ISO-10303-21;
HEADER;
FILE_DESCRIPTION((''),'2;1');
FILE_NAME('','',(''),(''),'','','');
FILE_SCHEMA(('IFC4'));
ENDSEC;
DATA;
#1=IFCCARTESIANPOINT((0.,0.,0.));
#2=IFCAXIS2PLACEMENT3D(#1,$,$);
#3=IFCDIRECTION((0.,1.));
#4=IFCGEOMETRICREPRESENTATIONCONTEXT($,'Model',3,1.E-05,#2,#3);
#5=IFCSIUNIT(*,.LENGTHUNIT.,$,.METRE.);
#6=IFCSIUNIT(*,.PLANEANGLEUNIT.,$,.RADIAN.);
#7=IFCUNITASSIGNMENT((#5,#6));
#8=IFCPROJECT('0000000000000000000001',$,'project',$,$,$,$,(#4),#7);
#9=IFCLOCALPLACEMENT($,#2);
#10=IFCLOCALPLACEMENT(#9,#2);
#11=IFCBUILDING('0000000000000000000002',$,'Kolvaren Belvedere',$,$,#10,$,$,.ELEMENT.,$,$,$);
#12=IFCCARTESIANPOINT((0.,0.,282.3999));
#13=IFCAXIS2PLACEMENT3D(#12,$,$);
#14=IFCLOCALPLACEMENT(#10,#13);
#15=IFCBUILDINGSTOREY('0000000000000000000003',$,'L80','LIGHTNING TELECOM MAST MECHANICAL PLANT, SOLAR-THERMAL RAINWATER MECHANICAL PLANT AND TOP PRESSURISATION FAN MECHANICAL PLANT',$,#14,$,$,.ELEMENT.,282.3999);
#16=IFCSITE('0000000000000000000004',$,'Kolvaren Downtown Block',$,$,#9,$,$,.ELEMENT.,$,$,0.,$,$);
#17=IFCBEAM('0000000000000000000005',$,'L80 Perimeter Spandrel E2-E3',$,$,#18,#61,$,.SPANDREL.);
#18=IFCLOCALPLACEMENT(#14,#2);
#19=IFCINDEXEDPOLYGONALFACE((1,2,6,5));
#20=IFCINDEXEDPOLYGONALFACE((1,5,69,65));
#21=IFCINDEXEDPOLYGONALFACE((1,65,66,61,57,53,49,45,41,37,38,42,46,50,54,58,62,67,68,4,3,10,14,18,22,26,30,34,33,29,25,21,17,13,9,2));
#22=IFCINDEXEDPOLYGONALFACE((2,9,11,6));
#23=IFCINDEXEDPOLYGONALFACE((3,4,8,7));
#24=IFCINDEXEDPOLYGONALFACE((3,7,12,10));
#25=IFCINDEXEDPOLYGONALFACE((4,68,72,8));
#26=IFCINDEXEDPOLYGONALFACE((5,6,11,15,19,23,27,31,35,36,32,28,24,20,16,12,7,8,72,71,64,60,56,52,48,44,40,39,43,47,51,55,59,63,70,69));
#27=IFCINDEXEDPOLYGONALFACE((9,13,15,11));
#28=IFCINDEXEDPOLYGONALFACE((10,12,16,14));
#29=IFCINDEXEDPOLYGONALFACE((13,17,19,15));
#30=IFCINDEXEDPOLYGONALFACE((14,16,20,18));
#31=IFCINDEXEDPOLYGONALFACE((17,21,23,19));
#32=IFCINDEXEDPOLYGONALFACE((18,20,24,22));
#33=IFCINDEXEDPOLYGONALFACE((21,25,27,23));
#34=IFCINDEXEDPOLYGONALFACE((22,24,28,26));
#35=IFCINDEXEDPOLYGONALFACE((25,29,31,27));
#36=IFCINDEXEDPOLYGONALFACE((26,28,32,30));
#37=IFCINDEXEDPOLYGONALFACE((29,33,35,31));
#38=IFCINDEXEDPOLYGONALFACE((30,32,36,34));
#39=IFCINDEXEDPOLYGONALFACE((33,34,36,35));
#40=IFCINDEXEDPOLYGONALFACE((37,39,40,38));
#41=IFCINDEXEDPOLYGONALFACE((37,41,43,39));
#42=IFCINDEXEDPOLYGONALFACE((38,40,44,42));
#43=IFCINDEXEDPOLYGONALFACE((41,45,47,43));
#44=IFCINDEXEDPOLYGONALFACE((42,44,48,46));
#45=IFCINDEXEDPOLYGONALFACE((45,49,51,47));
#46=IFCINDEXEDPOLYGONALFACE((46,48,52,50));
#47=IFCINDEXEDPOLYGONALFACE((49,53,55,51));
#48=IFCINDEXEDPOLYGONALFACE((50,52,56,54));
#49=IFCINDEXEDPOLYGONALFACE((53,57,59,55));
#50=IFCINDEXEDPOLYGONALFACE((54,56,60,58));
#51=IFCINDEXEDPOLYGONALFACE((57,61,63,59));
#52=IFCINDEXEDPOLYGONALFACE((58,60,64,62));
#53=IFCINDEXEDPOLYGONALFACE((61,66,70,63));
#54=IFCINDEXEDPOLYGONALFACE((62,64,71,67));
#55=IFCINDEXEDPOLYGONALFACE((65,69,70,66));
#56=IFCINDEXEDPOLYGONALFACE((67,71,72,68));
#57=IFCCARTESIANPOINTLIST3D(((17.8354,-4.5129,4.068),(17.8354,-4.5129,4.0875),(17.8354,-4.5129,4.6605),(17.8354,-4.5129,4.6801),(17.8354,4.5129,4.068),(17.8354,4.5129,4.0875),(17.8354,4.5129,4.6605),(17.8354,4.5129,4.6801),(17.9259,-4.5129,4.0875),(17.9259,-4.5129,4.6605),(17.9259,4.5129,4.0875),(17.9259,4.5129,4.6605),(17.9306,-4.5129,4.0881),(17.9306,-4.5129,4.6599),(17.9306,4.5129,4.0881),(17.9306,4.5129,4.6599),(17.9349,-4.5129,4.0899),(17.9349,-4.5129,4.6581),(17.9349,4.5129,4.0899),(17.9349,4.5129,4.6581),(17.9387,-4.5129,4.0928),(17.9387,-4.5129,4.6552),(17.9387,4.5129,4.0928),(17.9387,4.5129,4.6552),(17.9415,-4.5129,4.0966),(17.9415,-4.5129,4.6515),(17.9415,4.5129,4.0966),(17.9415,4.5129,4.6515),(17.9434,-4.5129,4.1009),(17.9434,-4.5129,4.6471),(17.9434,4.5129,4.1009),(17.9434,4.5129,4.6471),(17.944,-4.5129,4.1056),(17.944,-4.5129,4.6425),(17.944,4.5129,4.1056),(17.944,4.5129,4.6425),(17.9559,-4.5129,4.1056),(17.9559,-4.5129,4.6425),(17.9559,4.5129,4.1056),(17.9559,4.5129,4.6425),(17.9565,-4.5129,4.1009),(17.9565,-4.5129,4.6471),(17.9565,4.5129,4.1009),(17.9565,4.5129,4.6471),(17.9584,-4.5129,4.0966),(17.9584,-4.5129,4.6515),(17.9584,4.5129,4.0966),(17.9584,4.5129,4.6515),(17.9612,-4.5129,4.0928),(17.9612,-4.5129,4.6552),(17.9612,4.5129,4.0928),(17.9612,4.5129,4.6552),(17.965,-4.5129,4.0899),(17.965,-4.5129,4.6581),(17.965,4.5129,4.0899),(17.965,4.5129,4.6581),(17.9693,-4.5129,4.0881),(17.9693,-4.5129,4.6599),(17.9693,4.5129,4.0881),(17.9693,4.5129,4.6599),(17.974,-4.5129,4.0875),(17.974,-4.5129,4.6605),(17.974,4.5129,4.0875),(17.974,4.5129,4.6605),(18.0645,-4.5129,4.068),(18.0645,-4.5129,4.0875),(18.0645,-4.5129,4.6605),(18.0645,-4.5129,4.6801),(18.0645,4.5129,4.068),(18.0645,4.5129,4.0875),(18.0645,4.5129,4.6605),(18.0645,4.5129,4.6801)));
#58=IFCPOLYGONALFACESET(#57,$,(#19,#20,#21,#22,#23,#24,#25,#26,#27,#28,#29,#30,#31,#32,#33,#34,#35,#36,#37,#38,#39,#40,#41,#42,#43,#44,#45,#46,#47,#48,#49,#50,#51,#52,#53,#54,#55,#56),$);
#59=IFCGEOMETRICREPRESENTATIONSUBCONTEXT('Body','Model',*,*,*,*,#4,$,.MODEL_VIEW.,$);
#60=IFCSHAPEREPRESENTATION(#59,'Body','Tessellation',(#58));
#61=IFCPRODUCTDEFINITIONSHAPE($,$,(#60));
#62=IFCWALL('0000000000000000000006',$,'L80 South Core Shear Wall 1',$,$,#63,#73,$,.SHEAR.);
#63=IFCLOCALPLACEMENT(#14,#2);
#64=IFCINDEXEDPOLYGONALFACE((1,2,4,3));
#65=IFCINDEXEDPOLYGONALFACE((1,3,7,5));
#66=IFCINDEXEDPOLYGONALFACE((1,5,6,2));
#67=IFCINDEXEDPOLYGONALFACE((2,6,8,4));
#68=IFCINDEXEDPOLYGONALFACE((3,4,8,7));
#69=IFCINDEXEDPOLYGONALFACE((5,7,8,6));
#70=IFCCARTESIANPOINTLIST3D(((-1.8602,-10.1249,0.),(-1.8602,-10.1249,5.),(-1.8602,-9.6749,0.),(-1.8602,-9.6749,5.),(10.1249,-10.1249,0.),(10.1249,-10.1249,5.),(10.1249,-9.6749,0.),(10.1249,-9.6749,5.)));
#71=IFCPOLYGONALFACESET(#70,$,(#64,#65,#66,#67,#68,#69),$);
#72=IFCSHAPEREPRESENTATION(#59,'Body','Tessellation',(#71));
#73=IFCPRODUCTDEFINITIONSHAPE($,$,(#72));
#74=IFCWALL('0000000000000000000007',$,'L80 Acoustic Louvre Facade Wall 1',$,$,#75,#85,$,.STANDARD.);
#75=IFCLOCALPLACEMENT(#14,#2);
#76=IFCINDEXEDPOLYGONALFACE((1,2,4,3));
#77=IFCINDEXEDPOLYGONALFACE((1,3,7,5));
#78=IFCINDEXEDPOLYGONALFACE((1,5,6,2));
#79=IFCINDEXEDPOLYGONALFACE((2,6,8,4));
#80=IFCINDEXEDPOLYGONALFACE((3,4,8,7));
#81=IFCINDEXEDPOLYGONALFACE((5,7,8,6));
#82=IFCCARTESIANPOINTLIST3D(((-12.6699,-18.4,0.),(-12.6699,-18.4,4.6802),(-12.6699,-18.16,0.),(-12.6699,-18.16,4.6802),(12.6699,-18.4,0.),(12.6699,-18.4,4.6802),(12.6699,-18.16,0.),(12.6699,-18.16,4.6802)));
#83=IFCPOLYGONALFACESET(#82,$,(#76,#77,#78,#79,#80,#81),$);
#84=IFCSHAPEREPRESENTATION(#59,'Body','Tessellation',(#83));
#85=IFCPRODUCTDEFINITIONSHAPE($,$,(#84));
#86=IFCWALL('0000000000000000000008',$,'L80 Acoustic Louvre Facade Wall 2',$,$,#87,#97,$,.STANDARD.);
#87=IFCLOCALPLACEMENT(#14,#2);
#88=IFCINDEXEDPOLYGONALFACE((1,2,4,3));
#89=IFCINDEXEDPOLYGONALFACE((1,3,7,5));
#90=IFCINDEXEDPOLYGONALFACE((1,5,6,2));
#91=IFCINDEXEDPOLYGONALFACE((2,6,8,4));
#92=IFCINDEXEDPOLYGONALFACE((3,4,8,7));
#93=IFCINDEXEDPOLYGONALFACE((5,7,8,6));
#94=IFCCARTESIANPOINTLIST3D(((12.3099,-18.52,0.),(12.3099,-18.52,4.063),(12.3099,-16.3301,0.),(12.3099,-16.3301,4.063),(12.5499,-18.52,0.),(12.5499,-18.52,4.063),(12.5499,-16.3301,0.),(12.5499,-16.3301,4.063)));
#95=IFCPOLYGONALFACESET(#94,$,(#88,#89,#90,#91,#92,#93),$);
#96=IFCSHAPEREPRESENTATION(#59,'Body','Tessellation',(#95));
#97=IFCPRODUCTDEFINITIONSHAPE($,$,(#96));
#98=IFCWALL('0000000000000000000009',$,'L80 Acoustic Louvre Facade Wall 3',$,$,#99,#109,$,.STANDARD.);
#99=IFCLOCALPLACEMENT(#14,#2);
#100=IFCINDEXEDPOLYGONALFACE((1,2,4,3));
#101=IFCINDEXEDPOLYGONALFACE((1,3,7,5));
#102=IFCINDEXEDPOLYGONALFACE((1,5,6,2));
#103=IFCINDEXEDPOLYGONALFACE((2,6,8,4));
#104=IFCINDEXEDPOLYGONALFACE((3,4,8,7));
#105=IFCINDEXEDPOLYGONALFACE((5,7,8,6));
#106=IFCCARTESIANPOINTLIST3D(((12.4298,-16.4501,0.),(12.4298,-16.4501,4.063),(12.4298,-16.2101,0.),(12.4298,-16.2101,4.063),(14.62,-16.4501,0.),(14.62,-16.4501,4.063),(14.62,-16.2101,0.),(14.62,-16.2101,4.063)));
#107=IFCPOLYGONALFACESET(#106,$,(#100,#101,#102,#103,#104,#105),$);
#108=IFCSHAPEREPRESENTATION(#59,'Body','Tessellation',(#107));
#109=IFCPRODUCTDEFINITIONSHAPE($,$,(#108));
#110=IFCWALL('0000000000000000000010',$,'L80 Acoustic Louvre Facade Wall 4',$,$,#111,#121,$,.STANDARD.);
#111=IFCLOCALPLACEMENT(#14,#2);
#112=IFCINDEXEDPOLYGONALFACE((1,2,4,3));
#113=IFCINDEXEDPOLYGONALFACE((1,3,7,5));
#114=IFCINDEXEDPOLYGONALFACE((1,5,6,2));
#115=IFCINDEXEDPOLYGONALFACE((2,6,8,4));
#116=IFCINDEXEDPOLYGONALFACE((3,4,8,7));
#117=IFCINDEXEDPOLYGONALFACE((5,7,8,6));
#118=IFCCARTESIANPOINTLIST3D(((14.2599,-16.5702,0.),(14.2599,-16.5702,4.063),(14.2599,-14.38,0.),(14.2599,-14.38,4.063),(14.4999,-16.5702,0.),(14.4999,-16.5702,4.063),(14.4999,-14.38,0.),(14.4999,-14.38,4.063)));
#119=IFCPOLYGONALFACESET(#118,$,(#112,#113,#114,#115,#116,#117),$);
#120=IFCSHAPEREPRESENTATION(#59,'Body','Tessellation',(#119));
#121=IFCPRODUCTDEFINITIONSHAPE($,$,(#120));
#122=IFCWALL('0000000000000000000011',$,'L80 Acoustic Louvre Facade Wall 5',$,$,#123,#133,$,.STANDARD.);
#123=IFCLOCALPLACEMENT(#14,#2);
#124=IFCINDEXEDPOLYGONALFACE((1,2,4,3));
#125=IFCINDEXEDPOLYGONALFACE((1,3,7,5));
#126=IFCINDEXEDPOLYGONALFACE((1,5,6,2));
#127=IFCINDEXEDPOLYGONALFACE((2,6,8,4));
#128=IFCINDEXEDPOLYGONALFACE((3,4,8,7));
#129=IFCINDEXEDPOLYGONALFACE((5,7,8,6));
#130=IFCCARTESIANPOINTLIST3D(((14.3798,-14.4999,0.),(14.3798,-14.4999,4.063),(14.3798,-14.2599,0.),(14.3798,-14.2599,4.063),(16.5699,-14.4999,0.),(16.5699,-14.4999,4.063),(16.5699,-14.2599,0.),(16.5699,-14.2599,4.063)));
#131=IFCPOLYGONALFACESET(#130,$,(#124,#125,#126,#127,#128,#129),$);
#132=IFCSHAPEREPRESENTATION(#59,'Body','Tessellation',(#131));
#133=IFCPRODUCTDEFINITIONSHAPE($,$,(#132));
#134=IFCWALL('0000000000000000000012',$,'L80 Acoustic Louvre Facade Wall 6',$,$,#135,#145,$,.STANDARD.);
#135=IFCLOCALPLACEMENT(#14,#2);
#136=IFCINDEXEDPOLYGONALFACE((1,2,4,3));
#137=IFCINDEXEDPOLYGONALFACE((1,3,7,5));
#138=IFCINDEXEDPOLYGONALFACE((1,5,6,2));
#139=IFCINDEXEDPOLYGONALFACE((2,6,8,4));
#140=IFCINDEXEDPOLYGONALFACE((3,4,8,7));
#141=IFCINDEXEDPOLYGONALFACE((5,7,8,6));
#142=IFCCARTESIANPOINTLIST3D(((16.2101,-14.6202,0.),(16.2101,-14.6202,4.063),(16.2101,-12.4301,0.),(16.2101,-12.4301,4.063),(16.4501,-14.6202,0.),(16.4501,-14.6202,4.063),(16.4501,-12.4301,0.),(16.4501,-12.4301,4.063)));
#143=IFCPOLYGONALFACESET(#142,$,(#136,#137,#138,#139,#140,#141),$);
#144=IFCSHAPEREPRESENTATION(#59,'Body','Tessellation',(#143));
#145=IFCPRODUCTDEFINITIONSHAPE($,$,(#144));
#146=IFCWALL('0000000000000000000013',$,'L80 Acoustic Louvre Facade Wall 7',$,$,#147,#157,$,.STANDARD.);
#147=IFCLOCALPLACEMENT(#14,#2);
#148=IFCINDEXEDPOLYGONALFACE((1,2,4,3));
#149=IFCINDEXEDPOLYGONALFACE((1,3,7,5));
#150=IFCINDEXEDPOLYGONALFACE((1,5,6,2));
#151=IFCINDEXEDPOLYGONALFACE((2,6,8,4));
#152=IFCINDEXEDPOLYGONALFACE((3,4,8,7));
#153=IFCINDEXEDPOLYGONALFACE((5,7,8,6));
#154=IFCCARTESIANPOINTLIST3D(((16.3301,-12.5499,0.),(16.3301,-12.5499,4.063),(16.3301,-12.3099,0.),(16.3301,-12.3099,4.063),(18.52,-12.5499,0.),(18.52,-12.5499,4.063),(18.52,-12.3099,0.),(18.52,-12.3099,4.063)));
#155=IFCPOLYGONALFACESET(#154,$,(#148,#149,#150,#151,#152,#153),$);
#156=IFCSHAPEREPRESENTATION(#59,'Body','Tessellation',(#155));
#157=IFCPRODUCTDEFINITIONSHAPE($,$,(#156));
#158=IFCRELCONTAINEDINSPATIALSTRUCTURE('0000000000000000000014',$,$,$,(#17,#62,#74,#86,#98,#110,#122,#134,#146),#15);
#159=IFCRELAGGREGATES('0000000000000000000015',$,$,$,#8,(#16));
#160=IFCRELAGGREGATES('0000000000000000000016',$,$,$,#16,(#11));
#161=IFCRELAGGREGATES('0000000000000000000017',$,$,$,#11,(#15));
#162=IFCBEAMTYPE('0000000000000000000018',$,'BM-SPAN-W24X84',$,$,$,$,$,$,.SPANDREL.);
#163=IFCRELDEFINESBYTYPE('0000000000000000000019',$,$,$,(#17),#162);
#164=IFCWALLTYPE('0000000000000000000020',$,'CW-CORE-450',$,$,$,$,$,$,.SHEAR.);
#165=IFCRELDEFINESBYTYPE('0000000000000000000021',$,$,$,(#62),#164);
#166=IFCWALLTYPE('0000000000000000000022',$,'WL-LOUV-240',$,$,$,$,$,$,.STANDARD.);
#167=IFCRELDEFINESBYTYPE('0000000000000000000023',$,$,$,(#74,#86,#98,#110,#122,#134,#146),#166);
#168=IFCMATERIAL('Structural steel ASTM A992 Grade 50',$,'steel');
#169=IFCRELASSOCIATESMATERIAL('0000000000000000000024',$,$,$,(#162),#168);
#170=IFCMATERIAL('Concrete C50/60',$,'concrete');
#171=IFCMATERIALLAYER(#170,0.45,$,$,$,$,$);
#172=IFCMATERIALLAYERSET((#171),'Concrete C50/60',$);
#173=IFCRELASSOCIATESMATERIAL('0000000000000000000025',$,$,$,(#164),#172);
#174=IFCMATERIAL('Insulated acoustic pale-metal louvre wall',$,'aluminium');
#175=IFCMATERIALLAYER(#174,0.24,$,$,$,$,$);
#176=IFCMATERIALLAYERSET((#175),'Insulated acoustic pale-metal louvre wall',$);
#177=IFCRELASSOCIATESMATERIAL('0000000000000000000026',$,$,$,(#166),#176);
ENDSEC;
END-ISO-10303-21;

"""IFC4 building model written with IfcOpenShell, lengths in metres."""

from ifc_helpers import new_model, si_unit, direction, frame, frame_2d, origin, origin_2d, place, context, subcontext, project, spatial, rectangle, i_section, extrude, material, layer, layer_set, material_profile, profile_set, type_object, element, save


model = new_model("IFC4")

# Units and contexts
model_context = context("Model", 3, precision=1e-05, world=origin(), true_north=direction((0.0, 1.0)))
body_context = subcontext(model_context, "Body", "Model", "MODEL_VIEW")
ifc_project = project(units=[si_unit("LENGTHUNIT", "METRE"), si_unit("PLANEANGLEUNIT", "RADIAN")], contexts=[model_context])

# Site, building, storey
site_placement = place(None, origin())
site = spatial("IfcSite", under=ifc_project, at=site_placement, Name="Kolvaren Downtown Block", CompositionType="ELEMENT", RefElevation=0.0)
building_placement = place(site_placement, origin())
building = spatial("IfcBuilding", under=site, at=building_placement, Name="Kolvaren Belvedere", CompositionType="ELEMENT")
storey_placement = place(building_placement, frame((0.0, 0.0, 282.3999)))
storey = spatial("IfcBuildingStorey", under=building, at=storey_placement, Name="L80", Description="LIGHTNING TELECOM MAST MECHANICAL PLANT, SOLAR-THERMAL RAINWATER MECHANICAL PLANT AND TOP PRESSURISATION FAN MECHANICAL PLANT", CompositionType="ELEMENT", Elevation=282.3999)

# Beam
ifc_material_1 = material(Name="Structural steel ASTM A992 Grade 50", Category="steel")
ifc_material_profile_1 = material_profile(ifc_material_1, i_section(OverallWidth=0.229, OverallDepth=0.6121, WebThickness=0.012, FlangeThickness=0.0195, FilletRadius=0.0181, at=origin_2d()), Name="W24X84")
ifc_profile_set_1 = profile_set([ifc_material_profile_1], Name="Structural steel ASTM A992 Grade 50")
beam_type_1 = type_object("IfcBeamType", Name="BM-SPAN-W24X84", PredefinedType="SPANDREL", material=ifc_profile_set_1)
beam_1_placement = place(storey_placement, frame((17.95, -4.5129, 4.374), z_axis=(0.0, 1.0, 0.0), x_axis=(-1.0, 0.0, 0.0)))
element("IfcBeam", 1, at=beam_1_placement, inside=storey, type_object=beam_type_1, Name="L80 Perimeter Spandrel E2-E3", PredefinedType="SPANDREL", context=body_context, shape_type="SweptSolid", body=[
    extrude(i_section(OverallWidth=0.229, OverallDepth=0.6121, WebThickness=0.012, FlangeThickness=0.0195, FilletRadius=0.0181, at=origin_2d()), origin(), (0.0, 0.0, 1.0), 9.0259),
])

# Walls
ifc_material_2 = material(Name="Concrete C50/60", Category="concrete")
ifc_layer_1 = layer(ifc_material_2, 0.45)
ifc_layer_set_1 = layer_set([ifc_layer_1], Name="Concrete C50/60")
wall_type_1 = type_object("IfcWallType", Name="CW-CORE-450", PredefinedType="SHEAR", material=ifc_layer_set_1)
wall_1_placement = place(storey_placement, frame((10.125, -9.8999, 0.0), z_axis=(0.0, 0.0, 1.0), x_axis=(-1.0, 0.0, 0.0)))
element("IfcWall", 2, at=wall_1_placement, inside=storey, type_object=wall_type_1, Name="L80 South Core Shear Wall 1", PredefinedType="SHEAR", context=body_context, shape_type="SweptSolid", body=[
    extrude(rectangle(XDim=11.9851, YDim=0.45, at=frame_2d((5.9927, 0.0))), origin(), (0.0, 0.0, 1.0), 5.0),
])
ifc_material_3 = material(Name="Insulated acoustic pale-metal louvre wall", Category="aluminium")
ifc_layer_2 = layer(ifc_material_3, 0.24)
ifc_layer_set_2 = layer_set([ifc_layer_2], Name="Insulated acoustic pale-metal louvre wall")
wall_type_2 = type_object("IfcWallType", Name="WL-LOUV-240", PredefinedType="STANDARD", material=ifc_layer_set_2)
wall_2_placement = place(storey_placement, frame((12.6699, -18.28, 0.0), z_axis=(0.0, 0.0, 1.0), x_axis=(-1.0, 0.0, 0.0)))
element("IfcWall", 3, at=wall_2_placement, inside=storey, type_object=wall_type_2, Name="L80 Acoustic Louvre Facade Wall 1", PredefinedType="STANDARD", context=body_context, shape_type="SweptSolid", body=[
    extrude(rectangle(XDim=25.3398, YDim=0.24, at=frame_2d((12.6699, 0.0))), origin(), (0.0, 0.0, 1.0), 4.6802),
])
wall_3_placement = place(storey_placement, frame((12.4299, -16.3301, 0.0), z_axis=(0.0, 0.0, 1.0), x_axis=(0.0, -1.0, 0.0)))
element("IfcWall", 4, at=wall_3_placement, inside=storey, type_object=wall_type_2, Name="L80 Acoustic Louvre Facade Wall 2", PredefinedType="STANDARD", context=body_context, shape_type="SweptSolid", body=[
    extrude(rectangle(XDim=2.1899, YDim=0.24, at=frame_2d((1.095, 0.0))), origin(), (0.0, 0.0, 1.0), 4.063),
])
for number, where, z_axis, x_axis, name in (
    (5, (14.6201, -16.3301, 0.0), (0.0, 0.0, 1.0), (-1.0, 0.0, 0.0), "L80 Acoustic Louvre Facade Wall 3"),
    (6, (14.3799, -14.3799, 0.0), (0.0, 0.0, 1.0), (0.0, -1.0, 0.0), "L80 Acoustic Louvre Facade Wall 4"),
    (7, (16.5701, -14.3799, 0.0), (0.0, 0.0, 1.0), (-1.0, 0.0, 0.0), "L80 Acoustic Louvre Facade Wall 5"),
    (8, (16.3301, -12.4299, 0.0), (0.0, 0.0, 1.0), (0.0, -1.0, 0.0), "L80 Acoustic Louvre Facade Wall 6"),
):
    element("IfcWall", number, at=place(storey_placement, frame(where, z_axis=z_axis, x_axis=x_axis)), inside=storey, type_object=wall_type_2, Name=name, PredefinedType="STANDARD", context=body_context, shape_type="SweptSolid", body=[
        extrude(rectangle(XDim=2.1902, YDim=0.24, at=frame_2d((1.0952, 0.0))), origin(), (0.0, 0.0, 1.0), 4.063),
    ])
wall_4_placement = place(storey_placement, frame((18.52, -12.4299, 0.0), z_axis=(0.0, 0.0, 1.0), x_axis=(-1.0, 0.0, 0.0)))
element("IfcWall", 9, at=wall_4_placement, inside=storey, type_object=wall_type_2, Name="L80 Acoustic Louvre Facade Wall 7", PredefinedType="STANDARD", context=body_context, shape_type="SweptSolid", body=[
    extrude(rectangle(XDim=2.1899, YDim=0.24, at=frame_2d((1.095, 0.0))), origin(), (0.0, 0.0, 1.0), 4.063),
])

save(model, "model.ifc")
